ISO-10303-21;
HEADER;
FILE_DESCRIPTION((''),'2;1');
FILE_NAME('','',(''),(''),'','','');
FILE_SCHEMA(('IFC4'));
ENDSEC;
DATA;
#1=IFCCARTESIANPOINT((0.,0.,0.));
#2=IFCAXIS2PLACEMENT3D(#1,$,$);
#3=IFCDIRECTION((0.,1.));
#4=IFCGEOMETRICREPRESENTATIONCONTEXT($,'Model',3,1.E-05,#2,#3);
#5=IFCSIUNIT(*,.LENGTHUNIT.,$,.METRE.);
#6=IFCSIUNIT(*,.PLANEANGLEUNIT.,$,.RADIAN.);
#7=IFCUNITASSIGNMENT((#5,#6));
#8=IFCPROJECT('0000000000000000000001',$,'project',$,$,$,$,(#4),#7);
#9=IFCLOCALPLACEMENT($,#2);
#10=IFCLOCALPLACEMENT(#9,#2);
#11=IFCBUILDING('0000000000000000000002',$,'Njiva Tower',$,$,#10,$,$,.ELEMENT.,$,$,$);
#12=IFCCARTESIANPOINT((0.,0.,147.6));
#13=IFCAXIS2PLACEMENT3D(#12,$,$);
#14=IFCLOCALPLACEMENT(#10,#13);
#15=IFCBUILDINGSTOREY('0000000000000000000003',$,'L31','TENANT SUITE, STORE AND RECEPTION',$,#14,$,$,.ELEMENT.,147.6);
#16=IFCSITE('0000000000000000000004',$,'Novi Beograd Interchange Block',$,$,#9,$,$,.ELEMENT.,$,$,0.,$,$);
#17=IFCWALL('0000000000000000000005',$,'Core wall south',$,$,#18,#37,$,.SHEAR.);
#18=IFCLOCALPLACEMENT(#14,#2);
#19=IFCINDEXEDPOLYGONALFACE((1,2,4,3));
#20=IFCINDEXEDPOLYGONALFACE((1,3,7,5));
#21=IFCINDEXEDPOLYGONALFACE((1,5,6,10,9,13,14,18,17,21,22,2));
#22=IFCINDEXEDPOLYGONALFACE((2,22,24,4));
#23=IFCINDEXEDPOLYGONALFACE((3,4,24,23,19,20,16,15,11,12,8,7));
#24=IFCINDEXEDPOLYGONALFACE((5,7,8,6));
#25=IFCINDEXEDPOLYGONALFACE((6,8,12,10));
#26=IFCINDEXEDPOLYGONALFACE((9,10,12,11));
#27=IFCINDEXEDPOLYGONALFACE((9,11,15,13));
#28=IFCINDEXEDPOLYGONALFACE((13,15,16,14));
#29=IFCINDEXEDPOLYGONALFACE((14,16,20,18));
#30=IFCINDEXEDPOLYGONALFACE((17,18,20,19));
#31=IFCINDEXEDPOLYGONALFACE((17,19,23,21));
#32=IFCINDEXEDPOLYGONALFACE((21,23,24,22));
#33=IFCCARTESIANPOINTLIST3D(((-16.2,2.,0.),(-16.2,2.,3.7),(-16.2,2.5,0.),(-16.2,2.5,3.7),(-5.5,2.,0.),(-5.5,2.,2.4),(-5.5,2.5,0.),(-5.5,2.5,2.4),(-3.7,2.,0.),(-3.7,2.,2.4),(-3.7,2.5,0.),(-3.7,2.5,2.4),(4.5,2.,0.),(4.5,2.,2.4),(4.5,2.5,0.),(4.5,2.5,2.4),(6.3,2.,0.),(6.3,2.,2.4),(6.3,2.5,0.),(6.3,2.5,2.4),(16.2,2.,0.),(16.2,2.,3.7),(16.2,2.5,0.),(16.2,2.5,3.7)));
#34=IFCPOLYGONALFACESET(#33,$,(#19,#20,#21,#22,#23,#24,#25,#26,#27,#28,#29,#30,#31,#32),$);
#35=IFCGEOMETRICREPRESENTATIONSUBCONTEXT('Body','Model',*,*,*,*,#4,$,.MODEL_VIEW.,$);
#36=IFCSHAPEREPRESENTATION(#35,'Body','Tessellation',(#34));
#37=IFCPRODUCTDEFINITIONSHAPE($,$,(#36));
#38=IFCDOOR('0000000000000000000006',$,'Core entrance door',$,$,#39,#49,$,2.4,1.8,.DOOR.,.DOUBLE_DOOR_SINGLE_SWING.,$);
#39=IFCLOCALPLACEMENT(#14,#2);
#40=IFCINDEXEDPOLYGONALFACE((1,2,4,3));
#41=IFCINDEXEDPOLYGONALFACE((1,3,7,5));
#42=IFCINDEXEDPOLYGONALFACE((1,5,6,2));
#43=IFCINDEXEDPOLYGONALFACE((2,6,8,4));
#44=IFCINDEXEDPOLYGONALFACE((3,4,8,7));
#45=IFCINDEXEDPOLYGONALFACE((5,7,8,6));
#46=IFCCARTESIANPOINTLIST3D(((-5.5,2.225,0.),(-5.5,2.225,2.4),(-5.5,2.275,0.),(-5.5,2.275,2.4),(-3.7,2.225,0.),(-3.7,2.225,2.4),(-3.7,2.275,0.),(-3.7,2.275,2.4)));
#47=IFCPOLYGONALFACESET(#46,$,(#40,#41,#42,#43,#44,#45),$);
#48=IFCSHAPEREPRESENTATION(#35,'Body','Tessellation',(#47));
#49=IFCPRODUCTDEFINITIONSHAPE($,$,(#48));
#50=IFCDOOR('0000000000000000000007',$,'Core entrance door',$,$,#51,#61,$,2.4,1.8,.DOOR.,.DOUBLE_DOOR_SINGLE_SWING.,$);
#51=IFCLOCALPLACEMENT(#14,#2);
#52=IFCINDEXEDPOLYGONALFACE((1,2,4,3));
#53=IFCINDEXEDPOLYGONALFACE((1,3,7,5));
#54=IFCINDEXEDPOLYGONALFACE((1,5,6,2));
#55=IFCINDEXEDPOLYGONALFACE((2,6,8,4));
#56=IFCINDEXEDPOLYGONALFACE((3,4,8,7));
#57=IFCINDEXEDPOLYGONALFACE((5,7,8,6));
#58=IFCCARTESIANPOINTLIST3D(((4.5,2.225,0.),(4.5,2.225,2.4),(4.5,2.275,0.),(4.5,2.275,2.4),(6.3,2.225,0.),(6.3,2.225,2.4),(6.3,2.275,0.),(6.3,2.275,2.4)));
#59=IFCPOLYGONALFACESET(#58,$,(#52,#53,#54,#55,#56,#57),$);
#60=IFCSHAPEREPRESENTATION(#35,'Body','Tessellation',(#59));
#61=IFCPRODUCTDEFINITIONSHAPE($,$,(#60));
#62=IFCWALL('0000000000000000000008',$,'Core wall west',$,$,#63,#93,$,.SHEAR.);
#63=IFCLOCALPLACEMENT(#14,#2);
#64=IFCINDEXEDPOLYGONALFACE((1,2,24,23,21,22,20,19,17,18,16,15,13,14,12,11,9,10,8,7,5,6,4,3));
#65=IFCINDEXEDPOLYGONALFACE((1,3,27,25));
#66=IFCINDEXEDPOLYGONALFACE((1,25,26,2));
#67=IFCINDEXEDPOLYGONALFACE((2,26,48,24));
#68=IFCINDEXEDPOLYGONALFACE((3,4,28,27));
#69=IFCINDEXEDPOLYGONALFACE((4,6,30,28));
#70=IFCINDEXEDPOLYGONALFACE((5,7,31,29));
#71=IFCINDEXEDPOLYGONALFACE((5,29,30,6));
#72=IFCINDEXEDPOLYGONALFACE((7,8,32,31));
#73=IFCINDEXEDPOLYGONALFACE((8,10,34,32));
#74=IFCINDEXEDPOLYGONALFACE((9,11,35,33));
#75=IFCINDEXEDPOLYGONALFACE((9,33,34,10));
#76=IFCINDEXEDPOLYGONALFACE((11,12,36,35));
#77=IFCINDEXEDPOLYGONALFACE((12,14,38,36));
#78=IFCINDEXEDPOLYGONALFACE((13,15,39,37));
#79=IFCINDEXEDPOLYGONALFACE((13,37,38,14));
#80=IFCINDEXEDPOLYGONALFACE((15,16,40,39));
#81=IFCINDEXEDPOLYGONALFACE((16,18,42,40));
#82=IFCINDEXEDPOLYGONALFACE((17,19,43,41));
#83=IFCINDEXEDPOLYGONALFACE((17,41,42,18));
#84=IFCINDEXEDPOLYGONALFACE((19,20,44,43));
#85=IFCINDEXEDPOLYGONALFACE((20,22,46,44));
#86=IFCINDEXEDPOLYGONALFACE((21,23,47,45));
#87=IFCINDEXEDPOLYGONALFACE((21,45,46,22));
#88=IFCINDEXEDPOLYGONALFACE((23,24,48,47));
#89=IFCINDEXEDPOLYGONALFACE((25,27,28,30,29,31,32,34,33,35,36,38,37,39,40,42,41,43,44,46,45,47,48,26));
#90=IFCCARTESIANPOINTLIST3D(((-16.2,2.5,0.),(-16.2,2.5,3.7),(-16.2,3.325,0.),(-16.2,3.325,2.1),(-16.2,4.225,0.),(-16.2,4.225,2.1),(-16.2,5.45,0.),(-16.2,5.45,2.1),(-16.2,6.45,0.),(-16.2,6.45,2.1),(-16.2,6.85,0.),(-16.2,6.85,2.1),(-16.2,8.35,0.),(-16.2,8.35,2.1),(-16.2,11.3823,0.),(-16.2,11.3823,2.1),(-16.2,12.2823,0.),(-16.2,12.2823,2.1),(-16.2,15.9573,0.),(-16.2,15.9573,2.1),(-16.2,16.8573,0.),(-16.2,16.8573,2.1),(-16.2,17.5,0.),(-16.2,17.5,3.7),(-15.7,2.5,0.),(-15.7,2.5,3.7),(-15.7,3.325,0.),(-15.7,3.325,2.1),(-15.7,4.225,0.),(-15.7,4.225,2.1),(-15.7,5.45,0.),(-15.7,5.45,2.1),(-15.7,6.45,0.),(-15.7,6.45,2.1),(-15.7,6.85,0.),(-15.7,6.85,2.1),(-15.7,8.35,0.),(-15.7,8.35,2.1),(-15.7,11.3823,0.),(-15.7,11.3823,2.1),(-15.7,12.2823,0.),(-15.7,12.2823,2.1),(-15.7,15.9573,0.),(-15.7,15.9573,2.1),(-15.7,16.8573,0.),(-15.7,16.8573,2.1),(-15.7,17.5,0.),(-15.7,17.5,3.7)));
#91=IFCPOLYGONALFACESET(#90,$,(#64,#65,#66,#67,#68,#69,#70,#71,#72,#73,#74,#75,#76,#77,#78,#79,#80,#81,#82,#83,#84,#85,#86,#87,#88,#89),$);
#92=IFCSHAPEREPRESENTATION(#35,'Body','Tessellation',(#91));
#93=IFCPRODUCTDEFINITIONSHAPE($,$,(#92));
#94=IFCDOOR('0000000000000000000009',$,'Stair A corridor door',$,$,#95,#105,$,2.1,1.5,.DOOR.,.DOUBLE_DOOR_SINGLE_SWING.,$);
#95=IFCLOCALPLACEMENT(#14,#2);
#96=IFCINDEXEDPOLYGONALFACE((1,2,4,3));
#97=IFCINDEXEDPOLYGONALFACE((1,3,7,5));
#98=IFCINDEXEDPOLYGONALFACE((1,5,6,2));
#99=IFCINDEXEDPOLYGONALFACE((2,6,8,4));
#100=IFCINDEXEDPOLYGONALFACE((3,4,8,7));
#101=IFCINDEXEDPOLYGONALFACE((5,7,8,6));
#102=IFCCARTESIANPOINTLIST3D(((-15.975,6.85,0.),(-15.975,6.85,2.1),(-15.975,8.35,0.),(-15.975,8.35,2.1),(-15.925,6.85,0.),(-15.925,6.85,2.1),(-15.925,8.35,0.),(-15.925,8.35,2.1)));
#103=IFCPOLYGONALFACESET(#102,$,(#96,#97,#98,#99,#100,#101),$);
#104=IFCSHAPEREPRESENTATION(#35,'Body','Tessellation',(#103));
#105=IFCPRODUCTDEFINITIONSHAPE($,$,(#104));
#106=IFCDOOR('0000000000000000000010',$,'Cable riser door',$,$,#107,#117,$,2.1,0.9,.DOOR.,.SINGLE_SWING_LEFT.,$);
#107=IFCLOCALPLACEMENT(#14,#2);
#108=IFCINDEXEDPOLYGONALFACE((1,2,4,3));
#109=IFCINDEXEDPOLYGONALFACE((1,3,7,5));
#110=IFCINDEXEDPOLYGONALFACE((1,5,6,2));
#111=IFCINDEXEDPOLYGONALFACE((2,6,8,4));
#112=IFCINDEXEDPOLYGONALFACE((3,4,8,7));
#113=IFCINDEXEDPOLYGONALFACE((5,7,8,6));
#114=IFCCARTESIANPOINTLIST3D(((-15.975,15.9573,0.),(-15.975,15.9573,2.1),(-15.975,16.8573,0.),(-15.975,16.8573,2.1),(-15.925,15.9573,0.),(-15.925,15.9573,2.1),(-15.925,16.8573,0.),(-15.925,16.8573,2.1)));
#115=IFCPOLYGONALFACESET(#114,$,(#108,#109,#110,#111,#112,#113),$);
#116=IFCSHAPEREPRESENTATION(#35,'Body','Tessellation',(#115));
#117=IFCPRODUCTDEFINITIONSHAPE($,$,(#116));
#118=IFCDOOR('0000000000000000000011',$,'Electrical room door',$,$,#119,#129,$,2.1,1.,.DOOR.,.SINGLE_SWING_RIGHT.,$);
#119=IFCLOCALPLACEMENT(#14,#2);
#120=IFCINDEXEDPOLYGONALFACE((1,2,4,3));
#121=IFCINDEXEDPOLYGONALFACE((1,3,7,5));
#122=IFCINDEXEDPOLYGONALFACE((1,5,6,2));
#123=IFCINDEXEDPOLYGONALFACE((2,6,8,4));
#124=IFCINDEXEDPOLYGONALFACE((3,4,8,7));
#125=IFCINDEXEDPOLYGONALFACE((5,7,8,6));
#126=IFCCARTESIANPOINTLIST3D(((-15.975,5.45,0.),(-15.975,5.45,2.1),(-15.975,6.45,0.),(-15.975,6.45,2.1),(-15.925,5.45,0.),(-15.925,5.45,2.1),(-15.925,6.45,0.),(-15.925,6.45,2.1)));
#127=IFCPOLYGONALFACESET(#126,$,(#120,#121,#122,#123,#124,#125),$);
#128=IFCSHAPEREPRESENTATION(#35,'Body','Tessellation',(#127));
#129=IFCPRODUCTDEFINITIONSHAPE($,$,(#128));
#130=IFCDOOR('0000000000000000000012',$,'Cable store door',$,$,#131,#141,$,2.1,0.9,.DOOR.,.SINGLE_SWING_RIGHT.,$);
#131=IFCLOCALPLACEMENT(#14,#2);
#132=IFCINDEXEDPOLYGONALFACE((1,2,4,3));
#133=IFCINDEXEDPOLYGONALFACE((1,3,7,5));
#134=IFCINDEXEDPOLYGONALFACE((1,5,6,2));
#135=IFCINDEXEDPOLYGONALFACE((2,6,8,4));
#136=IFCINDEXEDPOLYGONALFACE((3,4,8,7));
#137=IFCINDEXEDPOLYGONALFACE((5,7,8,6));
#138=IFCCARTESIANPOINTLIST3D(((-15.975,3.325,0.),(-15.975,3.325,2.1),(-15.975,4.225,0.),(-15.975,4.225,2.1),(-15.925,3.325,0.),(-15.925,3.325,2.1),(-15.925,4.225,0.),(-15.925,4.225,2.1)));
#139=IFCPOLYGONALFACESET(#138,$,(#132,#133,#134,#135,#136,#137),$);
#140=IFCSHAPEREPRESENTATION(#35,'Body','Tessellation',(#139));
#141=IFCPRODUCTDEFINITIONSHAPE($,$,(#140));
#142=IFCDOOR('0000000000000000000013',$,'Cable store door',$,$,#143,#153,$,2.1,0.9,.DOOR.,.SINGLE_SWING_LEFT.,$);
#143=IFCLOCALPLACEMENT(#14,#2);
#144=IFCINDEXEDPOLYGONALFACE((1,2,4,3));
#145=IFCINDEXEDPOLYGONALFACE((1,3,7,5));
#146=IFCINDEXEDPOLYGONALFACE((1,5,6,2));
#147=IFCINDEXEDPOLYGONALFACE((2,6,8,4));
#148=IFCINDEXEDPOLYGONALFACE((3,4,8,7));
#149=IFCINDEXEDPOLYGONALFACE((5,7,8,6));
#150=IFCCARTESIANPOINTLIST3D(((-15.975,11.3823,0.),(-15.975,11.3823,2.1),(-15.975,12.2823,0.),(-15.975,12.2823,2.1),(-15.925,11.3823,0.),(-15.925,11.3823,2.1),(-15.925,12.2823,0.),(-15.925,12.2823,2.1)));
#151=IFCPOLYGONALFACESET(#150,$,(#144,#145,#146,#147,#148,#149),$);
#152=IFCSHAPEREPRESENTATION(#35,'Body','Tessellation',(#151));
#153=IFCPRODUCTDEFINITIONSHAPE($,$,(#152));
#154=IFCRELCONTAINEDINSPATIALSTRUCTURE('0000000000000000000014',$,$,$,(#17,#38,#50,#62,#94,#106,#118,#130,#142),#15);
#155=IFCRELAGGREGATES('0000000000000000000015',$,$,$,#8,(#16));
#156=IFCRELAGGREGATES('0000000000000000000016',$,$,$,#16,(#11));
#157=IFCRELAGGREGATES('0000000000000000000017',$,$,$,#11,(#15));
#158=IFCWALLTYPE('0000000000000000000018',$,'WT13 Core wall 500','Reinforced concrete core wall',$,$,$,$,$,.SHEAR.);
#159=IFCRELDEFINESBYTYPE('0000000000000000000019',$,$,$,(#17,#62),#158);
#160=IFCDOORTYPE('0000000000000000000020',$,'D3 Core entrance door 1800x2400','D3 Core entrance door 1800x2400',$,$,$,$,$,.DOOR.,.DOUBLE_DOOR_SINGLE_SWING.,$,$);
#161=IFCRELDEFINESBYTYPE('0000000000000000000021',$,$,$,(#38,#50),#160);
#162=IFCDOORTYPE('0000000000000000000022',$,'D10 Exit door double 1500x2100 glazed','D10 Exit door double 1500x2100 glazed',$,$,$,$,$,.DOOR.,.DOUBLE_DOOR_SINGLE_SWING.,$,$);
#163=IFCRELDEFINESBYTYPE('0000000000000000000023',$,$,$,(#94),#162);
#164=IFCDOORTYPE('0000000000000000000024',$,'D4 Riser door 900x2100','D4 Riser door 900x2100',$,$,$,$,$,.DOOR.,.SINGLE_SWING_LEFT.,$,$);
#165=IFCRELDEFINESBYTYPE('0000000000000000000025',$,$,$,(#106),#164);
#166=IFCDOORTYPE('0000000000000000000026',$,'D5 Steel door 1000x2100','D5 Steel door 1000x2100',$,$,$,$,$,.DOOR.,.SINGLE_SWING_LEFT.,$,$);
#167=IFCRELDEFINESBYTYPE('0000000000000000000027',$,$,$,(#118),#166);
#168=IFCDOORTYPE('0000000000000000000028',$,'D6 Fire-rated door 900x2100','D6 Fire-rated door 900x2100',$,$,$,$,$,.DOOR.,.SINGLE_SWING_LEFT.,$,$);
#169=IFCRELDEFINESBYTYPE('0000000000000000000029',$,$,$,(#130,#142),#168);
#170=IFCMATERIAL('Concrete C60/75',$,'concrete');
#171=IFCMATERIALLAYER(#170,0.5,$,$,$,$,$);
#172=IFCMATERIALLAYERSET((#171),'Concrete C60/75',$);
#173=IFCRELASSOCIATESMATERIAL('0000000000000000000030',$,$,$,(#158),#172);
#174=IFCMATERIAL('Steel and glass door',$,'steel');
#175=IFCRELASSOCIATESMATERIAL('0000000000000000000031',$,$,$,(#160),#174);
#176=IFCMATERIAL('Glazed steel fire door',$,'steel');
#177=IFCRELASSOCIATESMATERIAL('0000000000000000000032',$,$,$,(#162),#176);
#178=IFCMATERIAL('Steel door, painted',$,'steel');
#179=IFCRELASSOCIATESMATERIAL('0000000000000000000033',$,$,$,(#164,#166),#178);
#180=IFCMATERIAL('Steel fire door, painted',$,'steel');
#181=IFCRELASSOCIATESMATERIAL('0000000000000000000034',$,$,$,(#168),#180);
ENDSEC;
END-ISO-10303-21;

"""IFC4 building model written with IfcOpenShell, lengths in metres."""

from ifc_helpers import new_model, si_unit, direction, frame, frame_2d, origin, place, context, subcontext, project, spatial, rectangle, extrude, material, layer, layer_set, type_object, element, fill, save


model = new_model("IFC4")

# Units and contexts
model_context = context("Model", 3, precision=1e-05, world=origin(), true_north=direction((0.0, 1.0)))
body_context = subcontext(model_context, "Body", "Model", "MODEL_VIEW")
ifc_project = project(units=[si_unit("LENGTHUNIT", "METRE"), si_unit("PLANEANGLEUNIT", "RADIAN")], contexts=[model_context])

# Site, building, storey
site_placement = place(None, origin())
site = spatial("IfcSite", under=ifc_project, at=site_placement, Name="Novi Beograd Interchange Block", CompositionType="ELEMENT", RefElevation=0.0)
building_placement = place(site_placement, origin())
building = spatial("IfcBuilding", under=site, at=building_placement, Name="Njiva Tower", CompositionType="ELEMENT")
storey_placement = place(building_placement, frame((0.0, 0.0, 147.6)))
storey = spatial("IfcBuildingStorey", under=building, at=storey_placement, Name="L31", Description="TENANT SUITE, STORE AND RECEPTION", CompositionType="ELEMENT", Elevation=147.6)

# Walls, openings, doors
ifc_material_1 = material(Name="Concrete C60/75", Category="concrete")
ifc_layer_1 = layer(ifc_material_1, 0.5)
ifc_layer_set_1 = layer_set([ifc_layer_1], Name="Concrete C60/75")
wall_type_1 = type_object("IfcWallType", Name="WT13 Core wall 500", Description="Reinforced concrete core wall", PredefinedType="SHEAR", material=ifc_layer_set_1)
wall_1_placement = place(storey_placement, frame((-16.2, 2.25, 0.0), z_axis=(0.0, 0.0, 1.0), x_axis=(1.0, 0.0, 0.0)))
wall_1 = element("IfcWall", 1, at=wall_1_placement, inside=storey, type_object=wall_type_1, Name="Core wall south", PredefinedType="SHEAR", context=body_context, shape_type="SweptSolid", body=[
    extrude(rectangle(XDim=32.4, YDim=0.5, at=frame_2d((16.2, 0.0))), origin(), (0.0, 0.0, 1.0), 3.7),
])
opening_1_placement = place(wall_1_placement, frame((10.7, 0.0, 0.0)))
opening_1 = element("IfcOpeningElement", 2, at=opening_1_placement, cuts=wall_1, PredefinedType="OPENING", context=body_context, shape_type="SweptSolid", body=[
    extrude(rectangle(XDim=1.8, YDim=2.4, at=frame_2d((0.9, 1.2))), frame((0.0, 0.26, 0.0), z_axis=(0.0, -1.0, 0.0), x_axis=(1.0, 0.0, 0.0)), (0.0, 0.0, 1.0), 0.52),
])
opening_2_placement = place(wall_1_placement, frame((20.7, 0.0, 0.0)))
opening_2 = element("IfcOpeningElement", 3, at=opening_2_placement, cuts=wall_1, PredefinedType="OPENING", context=body_context, shape_type="SweptSolid", body=[
    extrude(rectangle(XDim=1.8, YDim=2.4, at=frame_2d((0.9, 1.2))), frame((0.0, 0.26, 0.0), z_axis=(0.0, -1.0, 0.0), x_axis=(1.0, 0.0, 0.0)), (0.0, 0.0, 1.0), 0.52),
])
ifc_material_2 = material(Name="Steel and glass door", Category="steel")
door_type_1 = type_object("IfcDoorType", Name="D3 Core entrance door 1800x2400", Description="D3 Core entrance door 1800x2400", OperationType="DOUBLE_DOOR_SINGLE_SWING", PredefinedType="DOOR", material=ifc_material_2)
door_1_placement = place(opening_1_placement, origin())
door_1 = element("IfcDoor", 4, at=door_1_placement, inside=storey, type_object=door_type_1, Name="Core entrance door", OperationType="DOUBLE_DOOR_SINGLE_SWING", OverallHeight=2.4, OverallWidth=1.8, PredefinedType="DOOR", context=body_context, shape_type="SweptSolid", body=[
    extrude(rectangle(XDim=1.8, YDim=2.4, at=frame_2d((0.9, 1.2))), frame((0.0, 0.025, 0.0), z_axis=(0.0, -1.0, 0.0), x_axis=(1.0, 0.0, 0.0)), (0.0, 0.0, 1.0), 0.05),
])
fill(opening_1, door_1)
door_2_placement = place(opening_2_placement, origin())
door_2 = element("IfcDoor", 5, at=door_2_placement, inside=storey, type_object=door_type_1, Name="Core entrance door", OperationType="DOUBLE_DOOR_SINGLE_SWING", OverallHeight=2.4, OverallWidth=1.8, PredefinedType="DOOR", context=body_context, shape_type="SweptSolid", body=[
    extrude(rectangle(XDim=1.8, YDim=2.4, at=frame_2d((0.9, 1.2))), frame((0.0, 0.025, 0.0), z_axis=(0.0, -1.0, 0.0), x_axis=(1.0, 0.0, 0.0)), (0.0, 0.0, 1.0), 0.05),
])
fill(opening_2, door_2)
wall_2_placement = place(storey_placement, frame((-15.95, 2.5, 0.0), z_axis=(0.0, 0.0, 1.0), x_axis=(0.0, 1.0, 0.0)))
wall_2 = element("IfcWall", 6, at=wall_2_placement, inside=storey, type_object=wall_type_1, Name="Core wall west", PredefinedType="SHEAR", context=body_context, shape_type="SweptSolid", body=[
    extrude(rectangle(XDim=15.0, YDim=0.5, at=frame_2d((7.5, 0.0))), origin(), (0.0, 0.0, 1.0), 3.7),
])
opening_3_placement = place(wall_2_placement, frame((4.35, 0.0, 0.0)))
opening_3 = element("IfcOpeningElement", 7, at=opening_3_placement, cuts=wall_2, PredefinedType="OPENING", context=body_context, shape_type="SweptSolid", body=[
    extrude(rectangle(XDim=1.5, YDim=2.1, at=frame_2d((0.75, 1.05))), frame((0.0, 0.26, 0.0), z_axis=(0.0, -1.0, 0.0), x_axis=(1.0, 0.0, 0.0)), (0.0, 0.0, 1.0), 0.52),
])
opening_4_placement = place(wall_2_placement, frame((0.825, 0.0, 0.0)))
opening_4 = element("IfcOpeningElement", 8, at=opening_4_placement, cuts=wall_2, PredefinedType="OPENING", context=body_context, shape_type="SweptSolid", body=[
    extrude(rectangle(XDim=0.9, YDim=2.1, at=frame_2d((0.45, 1.05))), frame((0.0, 0.26, 0.0), z_axis=(0.0, -1.0, 0.0), x_axis=(1.0, 0.0, 0.0)), (0.0, 0.0, 1.0), 0.52),
])
opening_5_placement = place(wall_2_placement, frame((2.95, 0.0, 0.0)))
opening_5 = element("IfcOpeningElement", 9, at=opening_5_placement, cuts=wall_2, PredefinedType="OPENING", context=body_context, shape_type="SweptSolid", body=[
    extrude(rectangle(XDim=1.0, YDim=2.1, at=frame_2d((0.5, 1.05))), frame((0.0, 0.26, 0.0), z_axis=(0.0, -1.0, 0.0), x_axis=(1.0, 0.0, 0.0)), (0.0, 0.0, 1.0), 0.52),
])
opening_6_placement = place(wall_2_placement, frame((8.8823, 0.0, 0.0)))
opening_6 = element("IfcOpeningElement", 10, at=opening_6_placement, cuts=wall_2, PredefinedType="OPENING", context=body_context, shape_type="SweptSolid", body=[
    extrude(rectangle(XDim=0.9, YDim=2.1, at=frame_2d((0.45, 1.05))), frame((0.0, 0.26, 0.0), z_axis=(0.0, -1.0, 0.0), x_axis=(1.0, 0.0, 0.0)), (0.0, 0.0, 1.0), 0.52),
])
opening_7_placement = place(wall_2_placement, frame((13.4573, 0.0, 0.0)))
opening_7 = element("IfcOpeningElement", 11, at=opening_7_placement, cuts=wall_2, PredefinedType="OPENING", context=body_context, shape_type="SweptSolid", body=[
    extrude(rectangle(XDim=0.9, YDim=2.1, at=frame_2d((0.45, 1.05))), frame((0.0, 0.26, 0.0), z_axis=(0.0, -1.0, 0.0), x_axis=(1.0, 0.0, 0.0)), (0.0, 0.0, 1.0), 0.52),
])
ifc_material_3 = material(Name="Glazed steel fire door", Category="steel")
door_type_2 = type_object("IfcDoorType", Name="D10 Exit door double 1500x2100 glazed", Description="D10 Exit door double 1500x2100 glazed", OperationType="DOUBLE_DOOR_SINGLE_SWING", PredefinedType="DOOR", material=ifc_material_3)
door_3_placement = place(opening_3_placement, origin())
door_3 = element("IfcDoor", 12, at=door_3_placement, inside=storey, type_object=door_type_2, Name="Stair A corridor door", OperationType="DOUBLE_DOOR_SINGLE_SWING", OverallHeight=2.1, OverallWidth=1.5, PredefinedType="DOOR", context=body_context, shape_type="SweptSolid", body=[
    extrude(rectangle(XDim=1.5, YDim=2.1, at=frame_2d((0.75, 1.05))), frame((0.0, 0.025, 0.0), z_axis=(0.0, -1.0, 0.0), x_axis=(1.0, 0.0, 0.0)), (0.0, 0.0, 1.0), 0.05),
])
fill(opening_3, door_3)
ifc_material_4 = material(Name="Steel door, painted", Category="steel")
door_type_3 = type_object("IfcDoorType", Name="D4 Riser door 900x2100", Description="D4 Riser door 900x2100", OperationType="SINGLE_SWING_LEFT", PredefinedType="DOOR", material=ifc_material_4)
door_4_placement = place(opening_7_placement, origin())
door_4 = element("IfcDoor", 13, at=door_4_placement, inside=storey, type_object=door_type_3, Name="Cable riser door", OperationType="SINGLE_SWING_LEFT", OverallHeight=2.1, OverallWidth=0.9, PredefinedType="DOOR", context=body_context, shape_type="SweptSolid", body=[
    extrude(rectangle(XDim=0.9, YDim=2.1, at=frame_2d((0.45, 1.05))), frame((0.0, 0.025, 0.0), z_axis=(0.0, -1.0, 0.0), x_axis=(1.0, 0.0, 0.0)), (0.0, 0.0, 1.0), 0.05),
])
fill(opening_7, door_4)
door_type_4 = type_object("IfcDoorType", Name="D5 Steel door 1000x2100", Description="D5 Steel door 1000x2100", OperationType="SINGLE_SWING_LEFT", PredefinedType="DOOR", material=ifc_material_4)
door_5_placement = place(opening_5_placement, origin())
door_5 = element("IfcDoor", 14, at=door_5_placement, inside=storey, type_object=door_type_4, Name="Electrical room door", OperationType="SINGLE_SWING_RIGHT", OverallHeight=2.1, OverallWidth=1.0, PredefinedType="DOOR", context=body_context, shape_type="SweptSolid", body=[
    extrude(rectangle(XDim=1.0, YDim=2.1, at=frame_2d((0.5, 1.05))), frame((0.0, 0.025, 0.0), z_axis=(0.0, -1.0, 0.0), x_axis=(1.0, 0.0, 0.0)), (0.0, 0.0, 1.0), 0.05),
])
fill(opening_5, door_5)
ifc_material_5 = material(Name="Steel fire door, painted", Category="steel")
door_type_5 = type_object("IfcDoorType", Name="D6 Fire-rated door 900x2100", Description="D6 Fire-rated door 900x2100", OperationType="SINGLE_SWING_LEFT", PredefinedType="DOOR", material=ifc_material_5)
door_6_placement = place(opening_4_placement, origin())
door_6 = element("IfcDoor", 15, at=door_6_placement, inside=storey, type_object=door_type_5, Name="Cable store door", OperationType="SINGLE_SWING_RIGHT", OverallHeight=2.1, OverallWidth=0.9, PredefinedType="DOOR", context=body_context, shape_type="SweptSolid", body=[
    extrude(rectangle(XDim=0.9, YDim=2.1, at=frame_2d((0.45, 1.05))), frame((0.0, 0.025, 0.0), z_axis=(0.0, -1.0, 0.0), x_axis=(1.0, 0.0, 0.0)), (0.0, 0.0, 1.0), 0.05),
])
fill(opening_4, door_6)
door_7_placement = place(opening_6_placement, origin())
door_7 = element("IfcDoor", 16, at=door_7_placement, inside=storey, type_object=door_type_5, Name="Cable store door", OperationType="SINGLE_SWING_LEFT", OverallHeight=2.1, OverallWidth=0.9, PredefinedType="DOOR", context=body_context, shape_type="SweptSolid", body=[
    extrude(rectangle(XDim=0.9, YDim=2.1, at=frame_2d((0.45, 1.05))), frame((0.0, 0.025, 0.0), z_axis=(0.0, -1.0, 0.0), x_axis=(1.0, 0.0, 0.0)), (0.0, 0.0, 1.0), 0.05),
])
fill(opening_6, door_7)

save(model, "model.ifc")
